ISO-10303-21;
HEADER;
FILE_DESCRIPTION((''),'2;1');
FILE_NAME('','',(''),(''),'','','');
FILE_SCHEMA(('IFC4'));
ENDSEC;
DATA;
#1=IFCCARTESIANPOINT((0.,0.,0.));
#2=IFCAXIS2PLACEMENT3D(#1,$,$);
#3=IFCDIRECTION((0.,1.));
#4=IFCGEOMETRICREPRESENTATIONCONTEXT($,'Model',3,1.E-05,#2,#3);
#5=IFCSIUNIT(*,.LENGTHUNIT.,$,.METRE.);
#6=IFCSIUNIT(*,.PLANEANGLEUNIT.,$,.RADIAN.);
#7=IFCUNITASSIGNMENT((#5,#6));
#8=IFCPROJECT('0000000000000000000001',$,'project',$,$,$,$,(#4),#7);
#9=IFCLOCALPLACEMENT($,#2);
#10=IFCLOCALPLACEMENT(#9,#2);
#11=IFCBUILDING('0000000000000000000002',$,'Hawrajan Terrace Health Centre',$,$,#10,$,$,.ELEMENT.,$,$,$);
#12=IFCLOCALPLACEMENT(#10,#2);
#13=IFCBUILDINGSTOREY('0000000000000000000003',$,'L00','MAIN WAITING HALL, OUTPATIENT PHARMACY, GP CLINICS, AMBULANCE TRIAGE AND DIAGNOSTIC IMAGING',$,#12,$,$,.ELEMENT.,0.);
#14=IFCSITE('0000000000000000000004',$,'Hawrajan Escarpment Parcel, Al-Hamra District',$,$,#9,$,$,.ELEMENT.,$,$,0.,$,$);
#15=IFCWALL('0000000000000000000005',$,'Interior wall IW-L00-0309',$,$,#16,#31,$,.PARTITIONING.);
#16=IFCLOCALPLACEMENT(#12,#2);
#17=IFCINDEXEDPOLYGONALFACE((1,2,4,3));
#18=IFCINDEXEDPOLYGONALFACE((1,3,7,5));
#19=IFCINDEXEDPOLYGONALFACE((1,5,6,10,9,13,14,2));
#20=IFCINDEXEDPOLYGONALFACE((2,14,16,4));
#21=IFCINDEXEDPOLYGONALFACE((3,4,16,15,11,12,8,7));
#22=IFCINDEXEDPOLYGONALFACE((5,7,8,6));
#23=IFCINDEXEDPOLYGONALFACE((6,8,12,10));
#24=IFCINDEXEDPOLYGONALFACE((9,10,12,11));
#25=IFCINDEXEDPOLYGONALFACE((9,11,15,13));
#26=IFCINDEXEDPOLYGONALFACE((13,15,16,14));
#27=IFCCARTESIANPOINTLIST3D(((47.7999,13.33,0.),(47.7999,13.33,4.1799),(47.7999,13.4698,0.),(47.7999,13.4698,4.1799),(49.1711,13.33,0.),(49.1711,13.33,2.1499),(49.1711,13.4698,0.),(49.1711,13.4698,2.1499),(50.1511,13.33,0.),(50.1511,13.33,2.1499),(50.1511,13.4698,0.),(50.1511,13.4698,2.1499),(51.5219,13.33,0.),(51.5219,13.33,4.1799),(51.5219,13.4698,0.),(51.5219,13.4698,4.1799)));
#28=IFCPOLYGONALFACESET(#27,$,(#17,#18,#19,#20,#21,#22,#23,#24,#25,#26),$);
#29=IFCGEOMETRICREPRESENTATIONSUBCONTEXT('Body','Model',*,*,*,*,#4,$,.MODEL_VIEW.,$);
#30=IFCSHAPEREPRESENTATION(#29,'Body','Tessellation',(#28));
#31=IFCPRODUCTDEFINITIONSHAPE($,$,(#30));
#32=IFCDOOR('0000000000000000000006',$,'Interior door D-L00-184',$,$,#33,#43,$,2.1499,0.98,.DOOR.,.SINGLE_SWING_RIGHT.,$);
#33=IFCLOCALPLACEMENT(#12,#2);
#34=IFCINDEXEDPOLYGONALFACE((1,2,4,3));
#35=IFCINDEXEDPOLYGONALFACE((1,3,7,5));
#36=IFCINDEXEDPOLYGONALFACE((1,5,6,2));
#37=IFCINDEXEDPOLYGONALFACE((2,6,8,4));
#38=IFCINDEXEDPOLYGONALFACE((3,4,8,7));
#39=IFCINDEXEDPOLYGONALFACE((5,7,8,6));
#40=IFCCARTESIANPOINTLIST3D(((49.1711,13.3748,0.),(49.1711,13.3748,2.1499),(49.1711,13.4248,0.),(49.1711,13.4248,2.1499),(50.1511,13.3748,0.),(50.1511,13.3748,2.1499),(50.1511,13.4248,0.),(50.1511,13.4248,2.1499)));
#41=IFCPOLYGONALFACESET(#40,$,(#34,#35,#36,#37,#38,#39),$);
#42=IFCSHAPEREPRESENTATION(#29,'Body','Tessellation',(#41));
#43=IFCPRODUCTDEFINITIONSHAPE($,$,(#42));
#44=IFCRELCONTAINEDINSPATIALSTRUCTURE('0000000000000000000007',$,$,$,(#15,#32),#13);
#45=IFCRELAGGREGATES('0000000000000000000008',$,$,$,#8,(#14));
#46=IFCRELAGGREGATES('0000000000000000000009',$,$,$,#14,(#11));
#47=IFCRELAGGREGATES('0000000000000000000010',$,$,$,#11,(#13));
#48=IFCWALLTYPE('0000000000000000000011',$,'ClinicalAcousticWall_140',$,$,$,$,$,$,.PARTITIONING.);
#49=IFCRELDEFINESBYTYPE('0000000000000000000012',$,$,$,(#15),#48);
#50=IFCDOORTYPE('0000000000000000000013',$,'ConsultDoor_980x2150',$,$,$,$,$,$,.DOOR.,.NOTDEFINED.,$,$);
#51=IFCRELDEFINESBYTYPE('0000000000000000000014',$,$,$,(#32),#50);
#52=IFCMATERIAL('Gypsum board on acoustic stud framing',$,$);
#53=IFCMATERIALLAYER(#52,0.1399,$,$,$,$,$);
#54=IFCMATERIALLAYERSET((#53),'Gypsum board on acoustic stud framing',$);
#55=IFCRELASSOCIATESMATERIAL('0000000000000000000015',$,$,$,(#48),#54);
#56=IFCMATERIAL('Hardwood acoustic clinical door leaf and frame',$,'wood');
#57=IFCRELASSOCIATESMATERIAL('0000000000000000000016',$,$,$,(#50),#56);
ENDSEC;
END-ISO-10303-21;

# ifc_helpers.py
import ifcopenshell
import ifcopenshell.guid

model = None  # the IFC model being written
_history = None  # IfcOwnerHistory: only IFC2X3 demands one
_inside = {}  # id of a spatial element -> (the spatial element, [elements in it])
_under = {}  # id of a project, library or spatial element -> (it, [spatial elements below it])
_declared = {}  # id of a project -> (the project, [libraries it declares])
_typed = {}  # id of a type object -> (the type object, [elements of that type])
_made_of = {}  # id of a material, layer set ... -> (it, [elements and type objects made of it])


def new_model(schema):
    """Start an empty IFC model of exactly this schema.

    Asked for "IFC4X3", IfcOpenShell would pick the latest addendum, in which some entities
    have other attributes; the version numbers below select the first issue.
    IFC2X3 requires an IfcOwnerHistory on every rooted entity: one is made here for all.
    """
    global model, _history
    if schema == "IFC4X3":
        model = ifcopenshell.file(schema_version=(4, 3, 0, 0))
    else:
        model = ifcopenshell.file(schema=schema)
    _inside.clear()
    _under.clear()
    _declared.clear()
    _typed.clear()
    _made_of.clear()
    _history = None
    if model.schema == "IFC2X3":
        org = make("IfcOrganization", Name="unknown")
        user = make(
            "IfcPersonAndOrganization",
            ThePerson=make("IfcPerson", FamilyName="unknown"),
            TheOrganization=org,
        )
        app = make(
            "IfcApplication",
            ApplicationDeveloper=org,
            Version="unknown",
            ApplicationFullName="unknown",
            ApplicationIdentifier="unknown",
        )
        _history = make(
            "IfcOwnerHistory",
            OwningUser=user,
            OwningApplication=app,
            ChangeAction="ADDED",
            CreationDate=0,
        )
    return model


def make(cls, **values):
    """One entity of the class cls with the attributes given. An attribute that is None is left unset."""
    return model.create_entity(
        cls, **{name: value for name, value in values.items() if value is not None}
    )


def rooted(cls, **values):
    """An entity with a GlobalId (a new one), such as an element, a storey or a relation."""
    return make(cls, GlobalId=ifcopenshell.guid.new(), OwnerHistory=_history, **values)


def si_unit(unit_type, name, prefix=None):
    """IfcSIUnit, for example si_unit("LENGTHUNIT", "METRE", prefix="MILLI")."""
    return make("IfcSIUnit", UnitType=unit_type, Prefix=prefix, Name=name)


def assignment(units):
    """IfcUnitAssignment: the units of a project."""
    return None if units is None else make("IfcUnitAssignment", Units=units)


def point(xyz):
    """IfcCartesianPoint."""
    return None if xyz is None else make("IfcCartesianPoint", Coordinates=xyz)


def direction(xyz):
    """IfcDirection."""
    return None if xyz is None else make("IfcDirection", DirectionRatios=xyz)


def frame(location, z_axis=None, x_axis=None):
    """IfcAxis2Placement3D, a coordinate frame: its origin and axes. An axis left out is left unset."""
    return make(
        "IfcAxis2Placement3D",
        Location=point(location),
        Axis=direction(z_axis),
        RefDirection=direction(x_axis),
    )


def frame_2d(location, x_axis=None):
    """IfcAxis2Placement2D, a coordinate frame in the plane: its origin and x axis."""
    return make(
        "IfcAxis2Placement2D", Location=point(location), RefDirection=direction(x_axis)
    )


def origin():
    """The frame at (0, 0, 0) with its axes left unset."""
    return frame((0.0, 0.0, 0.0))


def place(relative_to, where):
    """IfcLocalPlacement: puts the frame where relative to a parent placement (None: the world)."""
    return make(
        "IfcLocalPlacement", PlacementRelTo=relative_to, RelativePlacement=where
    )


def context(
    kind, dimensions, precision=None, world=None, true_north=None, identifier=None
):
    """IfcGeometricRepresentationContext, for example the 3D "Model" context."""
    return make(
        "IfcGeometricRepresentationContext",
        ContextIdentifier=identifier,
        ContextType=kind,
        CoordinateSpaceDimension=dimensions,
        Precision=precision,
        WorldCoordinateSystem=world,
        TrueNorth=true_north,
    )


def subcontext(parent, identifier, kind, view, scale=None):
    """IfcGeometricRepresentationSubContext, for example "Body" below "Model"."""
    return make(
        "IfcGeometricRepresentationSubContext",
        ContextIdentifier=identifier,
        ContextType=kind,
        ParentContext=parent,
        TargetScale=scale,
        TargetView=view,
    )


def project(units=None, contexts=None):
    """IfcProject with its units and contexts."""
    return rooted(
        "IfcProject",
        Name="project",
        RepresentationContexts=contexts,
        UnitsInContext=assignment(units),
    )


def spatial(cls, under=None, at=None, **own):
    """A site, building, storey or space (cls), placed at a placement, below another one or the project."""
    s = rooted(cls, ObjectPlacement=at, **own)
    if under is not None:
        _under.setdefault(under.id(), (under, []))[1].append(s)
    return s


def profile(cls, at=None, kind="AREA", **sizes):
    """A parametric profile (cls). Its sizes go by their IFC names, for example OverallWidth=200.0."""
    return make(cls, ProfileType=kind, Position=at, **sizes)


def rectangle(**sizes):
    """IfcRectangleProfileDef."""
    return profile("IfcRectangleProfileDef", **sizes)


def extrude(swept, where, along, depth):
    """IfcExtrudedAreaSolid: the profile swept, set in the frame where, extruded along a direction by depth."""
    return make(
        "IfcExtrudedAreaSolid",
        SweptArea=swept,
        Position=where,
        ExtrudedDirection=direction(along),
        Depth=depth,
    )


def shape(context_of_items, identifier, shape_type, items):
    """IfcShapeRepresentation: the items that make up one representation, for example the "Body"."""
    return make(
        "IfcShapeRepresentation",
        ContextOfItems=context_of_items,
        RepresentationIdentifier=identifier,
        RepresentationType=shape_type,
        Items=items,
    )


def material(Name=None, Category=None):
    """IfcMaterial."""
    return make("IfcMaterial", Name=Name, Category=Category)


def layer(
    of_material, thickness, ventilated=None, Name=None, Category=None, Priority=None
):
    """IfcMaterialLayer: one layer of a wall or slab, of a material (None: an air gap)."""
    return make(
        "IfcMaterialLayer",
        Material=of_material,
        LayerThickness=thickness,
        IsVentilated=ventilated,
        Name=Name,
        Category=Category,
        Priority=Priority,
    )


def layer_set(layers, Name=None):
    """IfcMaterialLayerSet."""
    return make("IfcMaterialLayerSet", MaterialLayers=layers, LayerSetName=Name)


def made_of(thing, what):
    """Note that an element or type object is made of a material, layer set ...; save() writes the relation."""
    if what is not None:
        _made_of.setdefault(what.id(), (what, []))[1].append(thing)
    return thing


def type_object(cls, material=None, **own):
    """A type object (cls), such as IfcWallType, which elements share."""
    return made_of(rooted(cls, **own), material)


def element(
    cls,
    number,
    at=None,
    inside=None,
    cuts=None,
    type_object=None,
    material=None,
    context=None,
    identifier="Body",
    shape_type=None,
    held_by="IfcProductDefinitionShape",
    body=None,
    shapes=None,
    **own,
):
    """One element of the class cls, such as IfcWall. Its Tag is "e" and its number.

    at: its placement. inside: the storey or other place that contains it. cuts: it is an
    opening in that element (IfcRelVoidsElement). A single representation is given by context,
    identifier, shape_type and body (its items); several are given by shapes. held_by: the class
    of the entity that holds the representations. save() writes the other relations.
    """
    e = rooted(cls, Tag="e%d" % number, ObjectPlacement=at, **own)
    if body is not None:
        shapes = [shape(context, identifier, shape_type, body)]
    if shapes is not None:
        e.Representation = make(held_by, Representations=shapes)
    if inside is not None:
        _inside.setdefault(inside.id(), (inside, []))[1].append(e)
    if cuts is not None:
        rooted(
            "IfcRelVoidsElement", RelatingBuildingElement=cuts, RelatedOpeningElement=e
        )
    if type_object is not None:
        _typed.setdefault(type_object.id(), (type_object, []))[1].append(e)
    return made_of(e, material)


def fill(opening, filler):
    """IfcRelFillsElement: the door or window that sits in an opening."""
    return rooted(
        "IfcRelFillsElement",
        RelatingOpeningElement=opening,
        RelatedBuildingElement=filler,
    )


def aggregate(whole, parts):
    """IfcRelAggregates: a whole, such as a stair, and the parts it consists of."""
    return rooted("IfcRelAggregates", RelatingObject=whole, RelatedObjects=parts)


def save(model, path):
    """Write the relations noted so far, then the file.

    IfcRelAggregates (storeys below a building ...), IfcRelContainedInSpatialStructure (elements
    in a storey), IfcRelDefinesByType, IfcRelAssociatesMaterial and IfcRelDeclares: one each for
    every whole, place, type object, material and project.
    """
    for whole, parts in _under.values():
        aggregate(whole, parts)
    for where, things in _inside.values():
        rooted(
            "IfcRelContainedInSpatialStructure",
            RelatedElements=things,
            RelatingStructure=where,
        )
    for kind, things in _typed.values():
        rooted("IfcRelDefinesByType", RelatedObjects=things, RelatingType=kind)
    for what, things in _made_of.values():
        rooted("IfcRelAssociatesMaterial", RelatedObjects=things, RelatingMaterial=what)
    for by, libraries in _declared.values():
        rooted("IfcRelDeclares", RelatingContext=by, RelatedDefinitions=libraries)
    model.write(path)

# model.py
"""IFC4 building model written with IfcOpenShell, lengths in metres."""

from ifc_helpers import new_model, si_unit, direction, frame, frame_2d, origin, place, context, subcontext, project, spatial, rectangle, extrude, material, layer, layer_set, type_object, element, fill, save


model = new_model("IFC4")

# Units and contexts
model_context = context("Model", 3, precision=1e-05, world=origin(), true_north=direction((0.0, 1.0)))
body_context = subcontext(model_context, "Body", "Model", "MODEL_VIEW")
ifc_project = project(units=[si_unit("LENGTHUNIT", "METRE"), si_unit("PLANEANGLEUNIT", "RADIAN")], contexts=[model_context])

# Site, building, storey
site_placement = place(None, origin())
site = spatial("IfcSite", under=ifc_project, at=site_placement, Name="Hawrajan Escarpment Parcel, Al-Hamra District", CompositionType="ELEMENT", RefElevation=0.0)
building_placement = place(site_placement, origin())
building = spatial("IfcBuilding", under=site, at=building_placement, Name="Hawrajan Terrace Health Centre", CompositionType="ELEMENT")
storey_placement = place(building_placement, origin())
storey = spatial("IfcBuildingStorey", under=building, at=storey_placement, Name="L00", Description="MAIN WAITING HALL, OUTPATIENT PHARMACY, GP CLINICS, AMBULANCE TRIAGE AND DIAGNOSTIC IMAGING", CompositionType="ELEMENT", Elevation=0.0)

# Shared definitions
ifc_material_1 = material(Name="Gypsum board on acoustic stud framing")
ifc_layer_1 = layer(ifc_material_1, 0.1399)
ifc_layer_set_1 = layer_set([ifc_layer_1], Name="Gypsum board on acoustic stud framing")
wall_type = type_object("IfcWallType", Name="ClinicalAcousticWall_140", PredefinedType="PARTITIONING", material=ifc_layer_set_1)

# Wall, opening, door
wall_1_placement = place(storey_placement, frame((47.8, 13.3999, 0.0), z_axis=(0.0, 0.0, 1.0), x_axis=(1.0, 0.0, 0.0)))
wall_1 = element("IfcWall", 1, at=wall_1_placement, inside=storey, type_object=wall_type, Name="Interior wall IW-L00-0309", PredefinedType="PARTITIONING", context=body_context, shape_type="SweptSolid", body=[
    extrude(rectangle(XDim=3.7219, YDim=0.1399, at=frame_2d((1.8608, 0.0))), origin(), (0.0, 0.0, 1.0), 4.1799),
])
opening_1_placement = place(wall_1_placement, frame((1.3711, 0.0, 0.0)))
opening_1 = element("IfcOpeningElement", 2, at=opening_1_placement, cuts=wall_1, PredefinedType="OPENING", context=body_context, shape_type="SweptSolid", body=[
    extrude(rectangle(XDim=0.98, YDim=2.1499, at=frame_2d((0.49, 1.075))), frame((0.0, 0.0798, 0.0), z_axis=(0.0, -1.0, 0.0), x_axis=(1.0, 0.0, 0.0)), (0.0, 0.0, 1.0), 0.1599),
])
ifc_material_2 = material(Name="Hardwood acoustic clinical door leaf and frame", Category="wood")
door_type_1 = type_object("IfcDoorType", Name="ConsultDoor_980x2150", OperationType="NOTDEFINED", PredefinedType="DOOR", material=ifc_material_2)
door_1_placement = place(opening_1_placement, origin())
door_1 = element("IfcDoor", 3, at=door_1_placement, inside=storey, type_object=door_type_1, Name="Interior door D-L00-184", OperationType="SINGLE_SWING_RIGHT", OverallHeight=2.1499, OverallWidth=0.98, PredefinedType="DOOR", context=body_context, shape_type="SweptSolid", body=[
    extrude(rectangle(XDim=0.98, YDim=2.1499, at=frame_2d((0.49, 1.075))), frame((0.0, 0.0249, 0.0), z_axis=(0.0, -1.0, 0.0), x_axis=(1.0, 0.0, 0.0)), (0.0, 0.0, 1.0), 0.05),
])
fill(opening_1, door_1)

save(model, "model.ifc")
